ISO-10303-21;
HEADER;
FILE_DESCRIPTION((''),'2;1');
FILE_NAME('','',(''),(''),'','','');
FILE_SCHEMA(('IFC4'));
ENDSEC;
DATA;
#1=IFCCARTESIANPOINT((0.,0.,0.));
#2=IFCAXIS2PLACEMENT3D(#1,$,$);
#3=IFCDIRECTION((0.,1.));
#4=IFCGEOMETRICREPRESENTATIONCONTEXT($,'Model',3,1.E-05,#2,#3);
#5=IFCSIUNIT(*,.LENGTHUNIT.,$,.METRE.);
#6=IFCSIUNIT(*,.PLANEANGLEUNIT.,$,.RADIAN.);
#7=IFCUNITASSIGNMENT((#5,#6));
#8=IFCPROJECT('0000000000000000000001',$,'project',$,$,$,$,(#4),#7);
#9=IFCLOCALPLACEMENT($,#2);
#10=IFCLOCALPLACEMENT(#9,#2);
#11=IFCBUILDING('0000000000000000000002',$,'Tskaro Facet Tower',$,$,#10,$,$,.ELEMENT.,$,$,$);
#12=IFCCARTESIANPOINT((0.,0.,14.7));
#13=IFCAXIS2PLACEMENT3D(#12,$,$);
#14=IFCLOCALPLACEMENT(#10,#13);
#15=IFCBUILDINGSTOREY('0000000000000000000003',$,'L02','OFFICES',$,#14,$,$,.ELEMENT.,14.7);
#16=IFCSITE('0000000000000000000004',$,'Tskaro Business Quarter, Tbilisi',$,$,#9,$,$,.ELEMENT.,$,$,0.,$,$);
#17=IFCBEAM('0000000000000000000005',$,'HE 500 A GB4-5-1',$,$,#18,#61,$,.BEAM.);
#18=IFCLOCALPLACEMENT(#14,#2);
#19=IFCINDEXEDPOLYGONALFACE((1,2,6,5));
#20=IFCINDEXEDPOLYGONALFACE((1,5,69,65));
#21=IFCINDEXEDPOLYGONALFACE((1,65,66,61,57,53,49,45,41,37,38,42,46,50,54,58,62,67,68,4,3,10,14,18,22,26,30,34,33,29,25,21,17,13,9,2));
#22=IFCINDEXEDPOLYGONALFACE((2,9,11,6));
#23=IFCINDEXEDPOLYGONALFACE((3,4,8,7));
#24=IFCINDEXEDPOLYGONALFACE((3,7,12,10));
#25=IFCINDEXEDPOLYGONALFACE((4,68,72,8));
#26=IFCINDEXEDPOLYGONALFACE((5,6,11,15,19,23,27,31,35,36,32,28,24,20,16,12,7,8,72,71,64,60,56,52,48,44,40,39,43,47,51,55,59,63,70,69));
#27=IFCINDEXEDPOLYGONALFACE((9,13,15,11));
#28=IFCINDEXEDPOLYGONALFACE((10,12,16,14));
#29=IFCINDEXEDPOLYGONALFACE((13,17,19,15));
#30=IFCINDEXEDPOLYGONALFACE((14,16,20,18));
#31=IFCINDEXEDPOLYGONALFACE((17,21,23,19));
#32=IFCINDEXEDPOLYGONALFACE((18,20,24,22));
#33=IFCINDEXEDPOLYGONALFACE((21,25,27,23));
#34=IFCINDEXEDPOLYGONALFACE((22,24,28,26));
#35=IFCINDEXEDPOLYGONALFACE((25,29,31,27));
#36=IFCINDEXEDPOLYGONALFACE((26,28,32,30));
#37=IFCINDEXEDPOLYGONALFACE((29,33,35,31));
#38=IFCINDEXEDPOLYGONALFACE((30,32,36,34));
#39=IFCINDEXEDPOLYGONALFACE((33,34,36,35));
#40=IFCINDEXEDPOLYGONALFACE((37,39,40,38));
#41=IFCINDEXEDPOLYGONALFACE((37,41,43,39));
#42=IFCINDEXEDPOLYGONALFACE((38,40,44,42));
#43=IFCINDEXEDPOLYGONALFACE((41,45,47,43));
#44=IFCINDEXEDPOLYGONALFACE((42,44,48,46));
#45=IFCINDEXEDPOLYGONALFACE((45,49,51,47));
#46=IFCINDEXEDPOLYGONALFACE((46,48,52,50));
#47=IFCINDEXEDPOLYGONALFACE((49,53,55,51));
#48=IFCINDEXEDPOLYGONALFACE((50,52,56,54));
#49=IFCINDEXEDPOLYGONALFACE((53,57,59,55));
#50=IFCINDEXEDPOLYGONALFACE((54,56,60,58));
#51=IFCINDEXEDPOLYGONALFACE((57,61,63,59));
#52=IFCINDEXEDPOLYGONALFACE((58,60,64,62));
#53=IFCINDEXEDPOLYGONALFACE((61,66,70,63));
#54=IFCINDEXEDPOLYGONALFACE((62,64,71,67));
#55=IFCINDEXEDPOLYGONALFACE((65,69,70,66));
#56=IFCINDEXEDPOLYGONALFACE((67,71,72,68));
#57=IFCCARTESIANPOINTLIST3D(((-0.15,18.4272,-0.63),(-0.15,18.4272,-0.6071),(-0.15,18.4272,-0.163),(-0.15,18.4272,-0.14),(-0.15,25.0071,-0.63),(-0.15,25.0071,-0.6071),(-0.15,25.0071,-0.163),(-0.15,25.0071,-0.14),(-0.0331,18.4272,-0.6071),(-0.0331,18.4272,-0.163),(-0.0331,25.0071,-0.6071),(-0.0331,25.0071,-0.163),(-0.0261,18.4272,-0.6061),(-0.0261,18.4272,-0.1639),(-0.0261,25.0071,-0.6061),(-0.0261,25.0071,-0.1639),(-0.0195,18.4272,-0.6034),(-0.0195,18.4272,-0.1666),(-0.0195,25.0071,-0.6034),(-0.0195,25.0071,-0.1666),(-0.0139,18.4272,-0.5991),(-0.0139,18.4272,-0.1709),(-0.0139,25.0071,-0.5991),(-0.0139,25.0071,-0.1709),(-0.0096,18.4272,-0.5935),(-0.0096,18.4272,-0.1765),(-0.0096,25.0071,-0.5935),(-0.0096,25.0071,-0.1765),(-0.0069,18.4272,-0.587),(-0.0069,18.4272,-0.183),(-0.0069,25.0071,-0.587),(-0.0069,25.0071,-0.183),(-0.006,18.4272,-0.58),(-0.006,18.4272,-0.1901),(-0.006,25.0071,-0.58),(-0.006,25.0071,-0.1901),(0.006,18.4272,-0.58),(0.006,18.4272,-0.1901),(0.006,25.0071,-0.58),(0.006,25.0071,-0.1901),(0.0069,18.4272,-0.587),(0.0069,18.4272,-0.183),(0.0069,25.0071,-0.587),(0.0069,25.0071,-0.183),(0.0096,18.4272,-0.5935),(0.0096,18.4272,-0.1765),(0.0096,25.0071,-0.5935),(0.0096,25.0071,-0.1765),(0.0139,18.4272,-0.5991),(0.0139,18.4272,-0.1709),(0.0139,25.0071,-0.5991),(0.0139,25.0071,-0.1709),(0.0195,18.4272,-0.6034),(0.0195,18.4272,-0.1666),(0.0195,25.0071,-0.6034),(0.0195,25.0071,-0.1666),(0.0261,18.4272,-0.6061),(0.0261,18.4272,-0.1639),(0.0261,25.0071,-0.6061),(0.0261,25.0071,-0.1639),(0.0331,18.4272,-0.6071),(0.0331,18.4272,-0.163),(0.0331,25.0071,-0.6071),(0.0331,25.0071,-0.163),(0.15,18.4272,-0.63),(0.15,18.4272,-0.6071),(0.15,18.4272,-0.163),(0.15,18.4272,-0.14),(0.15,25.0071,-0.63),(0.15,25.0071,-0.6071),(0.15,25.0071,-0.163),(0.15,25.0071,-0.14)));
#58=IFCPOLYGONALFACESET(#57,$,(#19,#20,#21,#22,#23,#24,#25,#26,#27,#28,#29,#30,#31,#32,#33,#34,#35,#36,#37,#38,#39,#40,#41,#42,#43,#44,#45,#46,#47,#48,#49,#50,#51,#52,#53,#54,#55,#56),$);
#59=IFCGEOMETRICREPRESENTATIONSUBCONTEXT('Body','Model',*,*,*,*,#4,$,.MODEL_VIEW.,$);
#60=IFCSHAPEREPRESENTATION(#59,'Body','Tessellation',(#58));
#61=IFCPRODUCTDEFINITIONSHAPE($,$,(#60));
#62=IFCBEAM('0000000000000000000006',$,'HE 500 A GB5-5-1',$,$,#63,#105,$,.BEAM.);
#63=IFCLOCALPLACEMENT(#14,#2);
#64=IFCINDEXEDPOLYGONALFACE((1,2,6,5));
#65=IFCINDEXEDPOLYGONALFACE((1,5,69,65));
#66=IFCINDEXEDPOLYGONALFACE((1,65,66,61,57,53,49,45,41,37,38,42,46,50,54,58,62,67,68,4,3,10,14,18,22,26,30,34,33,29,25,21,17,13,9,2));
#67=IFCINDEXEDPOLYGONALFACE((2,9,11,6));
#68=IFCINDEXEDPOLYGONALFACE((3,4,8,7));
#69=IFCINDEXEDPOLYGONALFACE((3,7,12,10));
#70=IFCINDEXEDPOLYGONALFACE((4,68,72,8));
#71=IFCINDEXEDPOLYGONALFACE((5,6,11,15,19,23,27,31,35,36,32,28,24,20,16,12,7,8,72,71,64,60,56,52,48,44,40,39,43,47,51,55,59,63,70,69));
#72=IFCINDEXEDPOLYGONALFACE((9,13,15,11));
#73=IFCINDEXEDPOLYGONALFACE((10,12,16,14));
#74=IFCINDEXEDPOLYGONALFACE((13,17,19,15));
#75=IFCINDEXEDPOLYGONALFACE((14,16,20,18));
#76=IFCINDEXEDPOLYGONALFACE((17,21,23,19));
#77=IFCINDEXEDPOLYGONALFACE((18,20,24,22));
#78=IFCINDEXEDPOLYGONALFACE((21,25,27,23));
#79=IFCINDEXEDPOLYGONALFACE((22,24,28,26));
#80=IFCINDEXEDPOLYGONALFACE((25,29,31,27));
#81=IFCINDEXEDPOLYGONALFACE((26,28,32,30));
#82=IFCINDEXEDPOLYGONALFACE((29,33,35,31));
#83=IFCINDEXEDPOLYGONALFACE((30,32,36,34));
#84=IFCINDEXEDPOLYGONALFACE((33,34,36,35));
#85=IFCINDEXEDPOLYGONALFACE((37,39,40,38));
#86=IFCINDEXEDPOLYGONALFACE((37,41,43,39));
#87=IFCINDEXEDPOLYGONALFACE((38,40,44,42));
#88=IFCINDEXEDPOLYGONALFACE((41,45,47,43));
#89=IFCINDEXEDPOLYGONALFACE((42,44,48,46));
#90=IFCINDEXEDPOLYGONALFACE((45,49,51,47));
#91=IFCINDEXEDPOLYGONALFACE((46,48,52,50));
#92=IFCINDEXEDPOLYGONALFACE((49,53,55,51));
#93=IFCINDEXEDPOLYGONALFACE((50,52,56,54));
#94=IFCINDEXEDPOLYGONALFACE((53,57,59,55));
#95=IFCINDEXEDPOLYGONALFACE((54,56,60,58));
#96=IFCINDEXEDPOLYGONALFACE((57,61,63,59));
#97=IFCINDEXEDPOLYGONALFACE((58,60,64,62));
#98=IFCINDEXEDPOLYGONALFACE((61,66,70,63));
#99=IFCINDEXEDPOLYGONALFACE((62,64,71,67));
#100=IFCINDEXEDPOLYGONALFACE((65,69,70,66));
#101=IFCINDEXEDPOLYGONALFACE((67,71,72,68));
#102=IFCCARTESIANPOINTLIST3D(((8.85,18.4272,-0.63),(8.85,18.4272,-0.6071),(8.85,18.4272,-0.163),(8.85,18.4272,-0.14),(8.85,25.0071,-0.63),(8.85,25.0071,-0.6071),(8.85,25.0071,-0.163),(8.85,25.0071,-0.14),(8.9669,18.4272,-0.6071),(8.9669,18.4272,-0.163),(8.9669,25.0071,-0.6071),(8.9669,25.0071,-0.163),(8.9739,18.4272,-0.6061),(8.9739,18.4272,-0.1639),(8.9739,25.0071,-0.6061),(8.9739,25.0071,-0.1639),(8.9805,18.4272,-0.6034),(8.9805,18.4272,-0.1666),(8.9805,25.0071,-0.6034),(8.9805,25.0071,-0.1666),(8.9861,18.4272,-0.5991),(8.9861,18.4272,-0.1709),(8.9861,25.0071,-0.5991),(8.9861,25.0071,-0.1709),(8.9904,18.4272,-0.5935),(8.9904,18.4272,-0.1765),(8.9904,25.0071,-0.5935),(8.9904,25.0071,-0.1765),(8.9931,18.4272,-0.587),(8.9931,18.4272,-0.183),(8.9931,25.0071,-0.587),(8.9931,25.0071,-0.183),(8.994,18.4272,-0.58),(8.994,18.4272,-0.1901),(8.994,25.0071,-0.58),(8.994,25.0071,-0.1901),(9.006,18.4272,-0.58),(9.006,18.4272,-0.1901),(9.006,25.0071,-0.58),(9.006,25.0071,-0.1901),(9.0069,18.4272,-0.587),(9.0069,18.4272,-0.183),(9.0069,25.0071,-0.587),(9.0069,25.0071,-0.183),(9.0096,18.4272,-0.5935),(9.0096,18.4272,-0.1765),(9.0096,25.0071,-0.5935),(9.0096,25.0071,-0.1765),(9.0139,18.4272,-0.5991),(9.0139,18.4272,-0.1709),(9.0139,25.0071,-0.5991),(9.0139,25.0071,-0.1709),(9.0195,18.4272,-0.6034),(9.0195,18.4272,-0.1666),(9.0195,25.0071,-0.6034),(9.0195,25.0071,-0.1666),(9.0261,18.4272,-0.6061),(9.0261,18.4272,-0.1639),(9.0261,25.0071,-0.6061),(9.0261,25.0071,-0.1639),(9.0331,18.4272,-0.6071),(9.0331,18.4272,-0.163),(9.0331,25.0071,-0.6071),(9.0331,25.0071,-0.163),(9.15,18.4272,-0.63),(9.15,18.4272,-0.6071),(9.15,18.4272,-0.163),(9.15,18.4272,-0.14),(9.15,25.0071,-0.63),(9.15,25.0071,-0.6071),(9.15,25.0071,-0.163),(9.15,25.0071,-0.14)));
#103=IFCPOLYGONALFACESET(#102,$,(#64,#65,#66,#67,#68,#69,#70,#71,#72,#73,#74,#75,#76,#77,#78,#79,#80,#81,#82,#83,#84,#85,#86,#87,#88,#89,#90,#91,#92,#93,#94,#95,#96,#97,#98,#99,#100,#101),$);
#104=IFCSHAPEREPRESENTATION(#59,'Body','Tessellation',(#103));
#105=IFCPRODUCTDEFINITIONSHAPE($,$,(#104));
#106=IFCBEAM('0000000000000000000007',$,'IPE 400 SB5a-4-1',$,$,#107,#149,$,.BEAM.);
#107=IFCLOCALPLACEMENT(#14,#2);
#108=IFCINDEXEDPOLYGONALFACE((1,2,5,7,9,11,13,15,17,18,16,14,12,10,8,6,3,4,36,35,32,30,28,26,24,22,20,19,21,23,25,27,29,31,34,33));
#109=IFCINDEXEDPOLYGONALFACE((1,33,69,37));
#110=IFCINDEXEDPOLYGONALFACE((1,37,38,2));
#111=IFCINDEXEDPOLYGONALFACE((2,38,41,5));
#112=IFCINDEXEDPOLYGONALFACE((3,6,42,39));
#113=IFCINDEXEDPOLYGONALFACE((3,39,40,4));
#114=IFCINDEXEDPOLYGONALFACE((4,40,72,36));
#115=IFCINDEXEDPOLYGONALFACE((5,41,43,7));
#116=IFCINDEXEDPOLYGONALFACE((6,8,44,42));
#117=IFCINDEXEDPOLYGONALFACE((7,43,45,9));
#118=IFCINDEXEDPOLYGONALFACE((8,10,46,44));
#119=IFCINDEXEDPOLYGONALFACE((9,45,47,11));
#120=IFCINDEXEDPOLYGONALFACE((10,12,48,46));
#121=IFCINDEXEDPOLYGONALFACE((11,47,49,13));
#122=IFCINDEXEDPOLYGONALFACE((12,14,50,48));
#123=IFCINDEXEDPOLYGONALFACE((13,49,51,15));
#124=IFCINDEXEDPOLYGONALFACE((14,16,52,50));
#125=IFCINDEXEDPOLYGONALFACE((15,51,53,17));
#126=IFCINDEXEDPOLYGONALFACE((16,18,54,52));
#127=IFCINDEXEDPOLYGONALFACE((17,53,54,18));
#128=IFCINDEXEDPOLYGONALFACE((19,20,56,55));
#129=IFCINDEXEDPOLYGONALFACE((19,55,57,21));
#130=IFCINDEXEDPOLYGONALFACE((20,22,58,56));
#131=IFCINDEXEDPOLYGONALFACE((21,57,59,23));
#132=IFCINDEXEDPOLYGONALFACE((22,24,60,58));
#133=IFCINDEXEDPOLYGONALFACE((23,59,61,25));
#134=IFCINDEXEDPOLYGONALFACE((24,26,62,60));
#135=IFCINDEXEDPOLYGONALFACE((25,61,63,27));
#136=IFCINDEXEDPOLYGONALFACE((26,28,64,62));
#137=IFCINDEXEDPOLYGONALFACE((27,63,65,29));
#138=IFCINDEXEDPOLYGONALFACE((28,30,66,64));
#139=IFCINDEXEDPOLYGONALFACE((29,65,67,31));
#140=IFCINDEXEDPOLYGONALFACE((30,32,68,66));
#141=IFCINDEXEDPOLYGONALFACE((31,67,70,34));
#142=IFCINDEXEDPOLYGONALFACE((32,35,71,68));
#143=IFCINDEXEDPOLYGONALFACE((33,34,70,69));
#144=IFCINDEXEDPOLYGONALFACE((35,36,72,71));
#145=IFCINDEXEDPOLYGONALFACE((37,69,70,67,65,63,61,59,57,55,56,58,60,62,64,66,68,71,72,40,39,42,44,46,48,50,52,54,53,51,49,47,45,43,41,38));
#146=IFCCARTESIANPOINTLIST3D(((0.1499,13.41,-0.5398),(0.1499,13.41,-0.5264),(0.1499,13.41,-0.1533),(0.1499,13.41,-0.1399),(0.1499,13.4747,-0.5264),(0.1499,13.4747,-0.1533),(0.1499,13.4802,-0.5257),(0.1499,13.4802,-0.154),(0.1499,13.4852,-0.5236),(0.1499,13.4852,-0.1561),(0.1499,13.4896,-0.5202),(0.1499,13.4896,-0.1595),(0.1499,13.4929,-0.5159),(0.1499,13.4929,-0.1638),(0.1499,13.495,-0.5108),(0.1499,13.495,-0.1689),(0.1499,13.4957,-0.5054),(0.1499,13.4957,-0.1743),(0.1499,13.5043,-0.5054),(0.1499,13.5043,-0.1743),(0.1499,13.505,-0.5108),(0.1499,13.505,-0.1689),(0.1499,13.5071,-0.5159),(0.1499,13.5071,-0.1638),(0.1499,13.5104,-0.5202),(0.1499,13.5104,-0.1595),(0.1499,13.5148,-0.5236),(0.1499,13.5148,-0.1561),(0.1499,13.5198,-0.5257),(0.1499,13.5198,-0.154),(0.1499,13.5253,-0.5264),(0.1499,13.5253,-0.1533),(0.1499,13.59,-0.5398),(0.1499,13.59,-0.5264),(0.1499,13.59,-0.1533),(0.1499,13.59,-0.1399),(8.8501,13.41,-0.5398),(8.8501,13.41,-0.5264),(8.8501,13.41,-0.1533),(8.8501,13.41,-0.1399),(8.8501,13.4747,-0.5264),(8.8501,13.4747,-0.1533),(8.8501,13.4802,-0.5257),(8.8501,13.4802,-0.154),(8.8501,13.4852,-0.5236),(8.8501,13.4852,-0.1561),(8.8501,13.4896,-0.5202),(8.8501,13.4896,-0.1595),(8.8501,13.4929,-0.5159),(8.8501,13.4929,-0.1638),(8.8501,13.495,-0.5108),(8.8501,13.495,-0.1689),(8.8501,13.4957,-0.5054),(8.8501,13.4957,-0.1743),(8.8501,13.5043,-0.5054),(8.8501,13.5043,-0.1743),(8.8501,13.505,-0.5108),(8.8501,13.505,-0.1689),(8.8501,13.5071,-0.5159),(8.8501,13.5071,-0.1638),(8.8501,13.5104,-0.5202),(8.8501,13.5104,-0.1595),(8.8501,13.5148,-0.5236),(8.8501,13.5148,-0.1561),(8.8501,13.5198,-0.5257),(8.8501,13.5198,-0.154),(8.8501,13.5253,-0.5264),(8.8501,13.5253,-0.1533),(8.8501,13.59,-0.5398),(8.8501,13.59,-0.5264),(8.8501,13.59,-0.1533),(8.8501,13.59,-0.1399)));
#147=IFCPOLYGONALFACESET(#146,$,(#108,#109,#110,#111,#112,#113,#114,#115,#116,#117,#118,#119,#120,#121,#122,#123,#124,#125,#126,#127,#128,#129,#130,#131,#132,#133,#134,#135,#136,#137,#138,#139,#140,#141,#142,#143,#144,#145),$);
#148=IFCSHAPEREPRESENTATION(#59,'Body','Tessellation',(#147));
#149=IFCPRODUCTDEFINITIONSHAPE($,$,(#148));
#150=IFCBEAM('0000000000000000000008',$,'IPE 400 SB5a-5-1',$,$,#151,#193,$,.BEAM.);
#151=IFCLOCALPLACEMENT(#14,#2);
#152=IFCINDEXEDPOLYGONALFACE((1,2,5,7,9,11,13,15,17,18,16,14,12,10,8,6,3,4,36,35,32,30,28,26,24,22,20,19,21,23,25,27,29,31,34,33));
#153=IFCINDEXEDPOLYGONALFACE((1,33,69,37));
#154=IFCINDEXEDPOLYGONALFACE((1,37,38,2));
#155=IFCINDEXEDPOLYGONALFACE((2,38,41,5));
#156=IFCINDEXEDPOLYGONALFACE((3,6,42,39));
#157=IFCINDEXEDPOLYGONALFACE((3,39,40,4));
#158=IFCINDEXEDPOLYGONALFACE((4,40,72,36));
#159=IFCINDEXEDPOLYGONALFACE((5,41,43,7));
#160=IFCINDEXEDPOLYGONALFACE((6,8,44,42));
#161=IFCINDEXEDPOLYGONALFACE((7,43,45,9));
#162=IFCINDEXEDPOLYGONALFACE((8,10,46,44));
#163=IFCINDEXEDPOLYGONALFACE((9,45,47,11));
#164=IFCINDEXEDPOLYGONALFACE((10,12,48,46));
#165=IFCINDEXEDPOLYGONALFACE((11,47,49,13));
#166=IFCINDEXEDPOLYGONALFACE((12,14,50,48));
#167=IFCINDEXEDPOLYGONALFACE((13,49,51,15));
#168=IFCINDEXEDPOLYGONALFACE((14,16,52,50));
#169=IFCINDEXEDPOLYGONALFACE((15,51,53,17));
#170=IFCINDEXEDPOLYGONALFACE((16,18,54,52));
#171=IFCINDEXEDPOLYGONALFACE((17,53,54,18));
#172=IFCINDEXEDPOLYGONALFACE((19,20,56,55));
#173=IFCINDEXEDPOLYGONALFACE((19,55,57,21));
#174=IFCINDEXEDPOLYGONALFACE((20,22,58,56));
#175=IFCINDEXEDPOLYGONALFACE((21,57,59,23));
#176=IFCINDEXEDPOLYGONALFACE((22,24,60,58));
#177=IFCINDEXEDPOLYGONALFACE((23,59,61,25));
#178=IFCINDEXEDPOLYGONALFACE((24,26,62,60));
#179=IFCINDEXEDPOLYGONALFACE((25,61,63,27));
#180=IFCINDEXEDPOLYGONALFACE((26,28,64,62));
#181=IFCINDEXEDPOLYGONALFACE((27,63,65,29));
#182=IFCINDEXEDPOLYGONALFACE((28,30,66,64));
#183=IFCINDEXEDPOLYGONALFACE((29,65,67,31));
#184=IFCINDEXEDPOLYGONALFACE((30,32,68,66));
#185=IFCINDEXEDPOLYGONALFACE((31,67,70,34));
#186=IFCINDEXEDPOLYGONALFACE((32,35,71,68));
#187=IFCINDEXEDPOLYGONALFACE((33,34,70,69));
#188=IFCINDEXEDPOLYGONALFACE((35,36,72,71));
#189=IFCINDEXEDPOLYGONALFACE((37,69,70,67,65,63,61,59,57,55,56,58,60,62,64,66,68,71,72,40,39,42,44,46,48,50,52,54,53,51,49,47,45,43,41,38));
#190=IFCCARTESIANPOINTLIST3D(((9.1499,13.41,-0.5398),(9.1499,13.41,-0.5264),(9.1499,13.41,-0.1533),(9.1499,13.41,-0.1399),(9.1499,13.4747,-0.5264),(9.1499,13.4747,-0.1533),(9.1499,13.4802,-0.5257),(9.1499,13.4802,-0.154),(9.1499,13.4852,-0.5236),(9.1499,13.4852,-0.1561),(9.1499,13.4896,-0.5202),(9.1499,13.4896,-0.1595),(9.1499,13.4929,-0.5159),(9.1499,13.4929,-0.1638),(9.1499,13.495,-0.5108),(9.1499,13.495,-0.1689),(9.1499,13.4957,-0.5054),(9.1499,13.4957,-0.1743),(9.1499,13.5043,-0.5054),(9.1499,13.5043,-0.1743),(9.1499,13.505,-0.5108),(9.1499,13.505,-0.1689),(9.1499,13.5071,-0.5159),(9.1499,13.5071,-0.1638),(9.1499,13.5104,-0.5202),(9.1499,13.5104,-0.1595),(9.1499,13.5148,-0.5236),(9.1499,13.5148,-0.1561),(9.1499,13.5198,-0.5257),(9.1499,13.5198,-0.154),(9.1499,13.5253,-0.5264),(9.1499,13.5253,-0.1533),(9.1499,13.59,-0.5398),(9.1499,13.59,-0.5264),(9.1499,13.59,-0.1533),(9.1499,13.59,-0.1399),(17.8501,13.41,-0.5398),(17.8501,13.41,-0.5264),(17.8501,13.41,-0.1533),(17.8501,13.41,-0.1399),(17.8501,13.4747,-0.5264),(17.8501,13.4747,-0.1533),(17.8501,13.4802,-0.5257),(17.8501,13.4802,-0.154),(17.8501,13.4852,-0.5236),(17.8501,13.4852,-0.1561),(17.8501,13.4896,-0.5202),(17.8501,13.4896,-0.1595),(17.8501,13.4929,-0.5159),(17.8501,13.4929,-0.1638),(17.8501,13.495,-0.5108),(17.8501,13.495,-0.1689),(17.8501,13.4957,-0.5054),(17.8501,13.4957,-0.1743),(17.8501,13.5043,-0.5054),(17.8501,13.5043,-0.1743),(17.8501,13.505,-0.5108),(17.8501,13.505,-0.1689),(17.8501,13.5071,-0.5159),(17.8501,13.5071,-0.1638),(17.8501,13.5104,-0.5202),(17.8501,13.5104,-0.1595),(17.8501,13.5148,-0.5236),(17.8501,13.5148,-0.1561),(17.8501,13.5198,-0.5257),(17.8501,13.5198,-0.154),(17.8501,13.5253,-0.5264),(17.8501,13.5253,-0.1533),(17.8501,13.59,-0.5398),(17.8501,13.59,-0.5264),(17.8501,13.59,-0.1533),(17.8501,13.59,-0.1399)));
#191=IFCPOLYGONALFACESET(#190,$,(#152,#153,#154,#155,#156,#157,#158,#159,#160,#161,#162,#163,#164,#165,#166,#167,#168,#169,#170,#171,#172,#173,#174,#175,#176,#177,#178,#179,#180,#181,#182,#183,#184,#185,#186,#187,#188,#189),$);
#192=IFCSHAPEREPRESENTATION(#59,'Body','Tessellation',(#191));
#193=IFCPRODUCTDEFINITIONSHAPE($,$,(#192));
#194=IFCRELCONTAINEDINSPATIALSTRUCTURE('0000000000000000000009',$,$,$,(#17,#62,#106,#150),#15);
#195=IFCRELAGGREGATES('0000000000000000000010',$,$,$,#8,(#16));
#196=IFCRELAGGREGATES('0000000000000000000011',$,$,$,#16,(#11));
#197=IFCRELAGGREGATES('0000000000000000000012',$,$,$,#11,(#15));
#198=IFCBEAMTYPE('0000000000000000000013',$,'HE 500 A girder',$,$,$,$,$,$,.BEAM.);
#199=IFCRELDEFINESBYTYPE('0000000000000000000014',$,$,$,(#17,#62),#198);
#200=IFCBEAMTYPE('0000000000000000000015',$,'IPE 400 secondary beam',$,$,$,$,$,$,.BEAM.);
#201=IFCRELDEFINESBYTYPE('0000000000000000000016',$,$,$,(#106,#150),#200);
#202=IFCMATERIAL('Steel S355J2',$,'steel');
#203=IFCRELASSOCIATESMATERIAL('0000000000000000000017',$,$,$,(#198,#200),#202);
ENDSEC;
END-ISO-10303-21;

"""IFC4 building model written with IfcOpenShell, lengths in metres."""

from ifc_helpers import new_model, si_unit, direction, frame, origin, origin_2d, place, context, subcontext, project, spatial, i_section, extrude, material, material_profile, profile_set, type_object, element, save


model = new_model("IFC4")

# Units and contexts
model_context = context("Model", 3, precision=1e-05, world=origin(), true_north=direction((0.0, 1.0)))
body_context = subcontext(model_context, "Body", "Model", "MODEL_VIEW")
ifc_project = project(units=[si_unit("LENGTHUNIT", "METRE"), si_unit("PLANEANGLEUNIT", "RADIAN")], contexts=[model_context])

# Site, building, storey
site_placement = place(None, origin())
site = spatial("IfcSite", under=ifc_project, at=site_placement, Name="Tskaro Business Quarter, Tbilisi", CompositionType="ELEMENT", RefElevation=0.0)
building_placement = place(site_placement, origin())
building = spatial("IfcBuilding", under=site, at=building_placement, Name="Tskaro Facet Tower", CompositionType="ELEMENT")
storey_placement = place(building_placement, frame((0.0, 0.0, 14.7)))
storey = spatial("IfcBuildingStorey", under=building, at=storey_placement, Name="L02", Description="OFFICES", CompositionType="ELEMENT", Elevation=14.7)

# Beams
ifc_material_1 = material(Name="Steel S355J2", Category="steel")
ifc_material_profile_1 = material_profile(ifc_material_1, i_section(OverallWidth=0.3, OverallDepth=0.49, WebThickness=0.012, FlangeThickness=0.0229, FilletRadius=0.0271, at=origin_2d()), Name="HE 500 A")
ifc_profile_set_1 = profile_set([ifc_material_profile_1], Name="Steel S355J2")
beam_type_1 = type_object("IfcBeamType", Name="HE 500 A girder", PredefinedType="BEAM", material=ifc_profile_set_1)
for number, where, z_axis, x_axis, name in (
    (1, (0.0, 18.4272, -0.385), (0.0, 1.0, 0.0), (-1.0, 0.0, 0.0), "HE 500 A GB4-5-1"),
    (2, (9.0, 18.4272, -0.385), (0.0, 1.0, 0.0), (-1.0, 0.0, 0.0), "HE 500 A GB5-5-1"),
):
    element("IfcBeam", number, at=place(storey_placement, frame(where, z_axis=z_axis, x_axis=x_axis)), inside=storey, type_object=beam_type_1, Name=name, PredefinedType="BEAM", context=body_context, shape_type="SweptSolid", body=[
        extrude(i_section(OverallWidth=0.3, OverallDepth=0.49, WebThickness=0.012, FlangeThickness=0.0229, FilletRadius=0.0271, at=origin_2d()), origin(), (0.0, 0.0, 1.0), 6.5798),
    ])
ifc_material_profile_2 = material_profile(ifc_material_1, i_section(OverallWidth=0.1799, OverallDepth=0.3999, WebThickness=0.0085, FlangeThickness=0.0134, FilletRadius=0.021, at=origin_2d()), Name="IPE 400")
ifc_profile_set_2 = profile_set([ifc_material_profile_2], Name="Steel S355J2")
beam_type_2 = type_object("IfcBeamType", Name="IPE 400 secondary beam", PredefinedType="BEAM", material=ifc_profile_set_2)
for number, where, z_axis, x_axis, name in (
    (3, (0.1499, 13.5, -0.3398), (1.0, 0.0, 0.0), (0.0, 1.0, 0.0), "IPE 400 SB5a-4-1"),
    (4, (9.1499, 13.5, -0.3398), (1.0, 0.0, 0.0), (0.0, 1.0, 0.0), "IPE 400 SB5a-5-1"),
):
    element("IfcBeam", number, at=place(storey_placement, frame(where, z_axis=z_axis, x_axis=x_axis)), inside=storey, type_object=beam_type_2, Name=name, PredefinedType="BEAM", context=body_context, shape_type="SweptSolid", body=[
        extrude(i_section(OverallWidth=0.1799, OverallDepth=0.3999, WebThickness=0.0085, FlangeThickness=0.0134, FilletRadius=0.021, at=origin_2d()), origin(), (0.0, 0.0, 1.0), 8.7002),
    ])

save(model, "model.ifc")
